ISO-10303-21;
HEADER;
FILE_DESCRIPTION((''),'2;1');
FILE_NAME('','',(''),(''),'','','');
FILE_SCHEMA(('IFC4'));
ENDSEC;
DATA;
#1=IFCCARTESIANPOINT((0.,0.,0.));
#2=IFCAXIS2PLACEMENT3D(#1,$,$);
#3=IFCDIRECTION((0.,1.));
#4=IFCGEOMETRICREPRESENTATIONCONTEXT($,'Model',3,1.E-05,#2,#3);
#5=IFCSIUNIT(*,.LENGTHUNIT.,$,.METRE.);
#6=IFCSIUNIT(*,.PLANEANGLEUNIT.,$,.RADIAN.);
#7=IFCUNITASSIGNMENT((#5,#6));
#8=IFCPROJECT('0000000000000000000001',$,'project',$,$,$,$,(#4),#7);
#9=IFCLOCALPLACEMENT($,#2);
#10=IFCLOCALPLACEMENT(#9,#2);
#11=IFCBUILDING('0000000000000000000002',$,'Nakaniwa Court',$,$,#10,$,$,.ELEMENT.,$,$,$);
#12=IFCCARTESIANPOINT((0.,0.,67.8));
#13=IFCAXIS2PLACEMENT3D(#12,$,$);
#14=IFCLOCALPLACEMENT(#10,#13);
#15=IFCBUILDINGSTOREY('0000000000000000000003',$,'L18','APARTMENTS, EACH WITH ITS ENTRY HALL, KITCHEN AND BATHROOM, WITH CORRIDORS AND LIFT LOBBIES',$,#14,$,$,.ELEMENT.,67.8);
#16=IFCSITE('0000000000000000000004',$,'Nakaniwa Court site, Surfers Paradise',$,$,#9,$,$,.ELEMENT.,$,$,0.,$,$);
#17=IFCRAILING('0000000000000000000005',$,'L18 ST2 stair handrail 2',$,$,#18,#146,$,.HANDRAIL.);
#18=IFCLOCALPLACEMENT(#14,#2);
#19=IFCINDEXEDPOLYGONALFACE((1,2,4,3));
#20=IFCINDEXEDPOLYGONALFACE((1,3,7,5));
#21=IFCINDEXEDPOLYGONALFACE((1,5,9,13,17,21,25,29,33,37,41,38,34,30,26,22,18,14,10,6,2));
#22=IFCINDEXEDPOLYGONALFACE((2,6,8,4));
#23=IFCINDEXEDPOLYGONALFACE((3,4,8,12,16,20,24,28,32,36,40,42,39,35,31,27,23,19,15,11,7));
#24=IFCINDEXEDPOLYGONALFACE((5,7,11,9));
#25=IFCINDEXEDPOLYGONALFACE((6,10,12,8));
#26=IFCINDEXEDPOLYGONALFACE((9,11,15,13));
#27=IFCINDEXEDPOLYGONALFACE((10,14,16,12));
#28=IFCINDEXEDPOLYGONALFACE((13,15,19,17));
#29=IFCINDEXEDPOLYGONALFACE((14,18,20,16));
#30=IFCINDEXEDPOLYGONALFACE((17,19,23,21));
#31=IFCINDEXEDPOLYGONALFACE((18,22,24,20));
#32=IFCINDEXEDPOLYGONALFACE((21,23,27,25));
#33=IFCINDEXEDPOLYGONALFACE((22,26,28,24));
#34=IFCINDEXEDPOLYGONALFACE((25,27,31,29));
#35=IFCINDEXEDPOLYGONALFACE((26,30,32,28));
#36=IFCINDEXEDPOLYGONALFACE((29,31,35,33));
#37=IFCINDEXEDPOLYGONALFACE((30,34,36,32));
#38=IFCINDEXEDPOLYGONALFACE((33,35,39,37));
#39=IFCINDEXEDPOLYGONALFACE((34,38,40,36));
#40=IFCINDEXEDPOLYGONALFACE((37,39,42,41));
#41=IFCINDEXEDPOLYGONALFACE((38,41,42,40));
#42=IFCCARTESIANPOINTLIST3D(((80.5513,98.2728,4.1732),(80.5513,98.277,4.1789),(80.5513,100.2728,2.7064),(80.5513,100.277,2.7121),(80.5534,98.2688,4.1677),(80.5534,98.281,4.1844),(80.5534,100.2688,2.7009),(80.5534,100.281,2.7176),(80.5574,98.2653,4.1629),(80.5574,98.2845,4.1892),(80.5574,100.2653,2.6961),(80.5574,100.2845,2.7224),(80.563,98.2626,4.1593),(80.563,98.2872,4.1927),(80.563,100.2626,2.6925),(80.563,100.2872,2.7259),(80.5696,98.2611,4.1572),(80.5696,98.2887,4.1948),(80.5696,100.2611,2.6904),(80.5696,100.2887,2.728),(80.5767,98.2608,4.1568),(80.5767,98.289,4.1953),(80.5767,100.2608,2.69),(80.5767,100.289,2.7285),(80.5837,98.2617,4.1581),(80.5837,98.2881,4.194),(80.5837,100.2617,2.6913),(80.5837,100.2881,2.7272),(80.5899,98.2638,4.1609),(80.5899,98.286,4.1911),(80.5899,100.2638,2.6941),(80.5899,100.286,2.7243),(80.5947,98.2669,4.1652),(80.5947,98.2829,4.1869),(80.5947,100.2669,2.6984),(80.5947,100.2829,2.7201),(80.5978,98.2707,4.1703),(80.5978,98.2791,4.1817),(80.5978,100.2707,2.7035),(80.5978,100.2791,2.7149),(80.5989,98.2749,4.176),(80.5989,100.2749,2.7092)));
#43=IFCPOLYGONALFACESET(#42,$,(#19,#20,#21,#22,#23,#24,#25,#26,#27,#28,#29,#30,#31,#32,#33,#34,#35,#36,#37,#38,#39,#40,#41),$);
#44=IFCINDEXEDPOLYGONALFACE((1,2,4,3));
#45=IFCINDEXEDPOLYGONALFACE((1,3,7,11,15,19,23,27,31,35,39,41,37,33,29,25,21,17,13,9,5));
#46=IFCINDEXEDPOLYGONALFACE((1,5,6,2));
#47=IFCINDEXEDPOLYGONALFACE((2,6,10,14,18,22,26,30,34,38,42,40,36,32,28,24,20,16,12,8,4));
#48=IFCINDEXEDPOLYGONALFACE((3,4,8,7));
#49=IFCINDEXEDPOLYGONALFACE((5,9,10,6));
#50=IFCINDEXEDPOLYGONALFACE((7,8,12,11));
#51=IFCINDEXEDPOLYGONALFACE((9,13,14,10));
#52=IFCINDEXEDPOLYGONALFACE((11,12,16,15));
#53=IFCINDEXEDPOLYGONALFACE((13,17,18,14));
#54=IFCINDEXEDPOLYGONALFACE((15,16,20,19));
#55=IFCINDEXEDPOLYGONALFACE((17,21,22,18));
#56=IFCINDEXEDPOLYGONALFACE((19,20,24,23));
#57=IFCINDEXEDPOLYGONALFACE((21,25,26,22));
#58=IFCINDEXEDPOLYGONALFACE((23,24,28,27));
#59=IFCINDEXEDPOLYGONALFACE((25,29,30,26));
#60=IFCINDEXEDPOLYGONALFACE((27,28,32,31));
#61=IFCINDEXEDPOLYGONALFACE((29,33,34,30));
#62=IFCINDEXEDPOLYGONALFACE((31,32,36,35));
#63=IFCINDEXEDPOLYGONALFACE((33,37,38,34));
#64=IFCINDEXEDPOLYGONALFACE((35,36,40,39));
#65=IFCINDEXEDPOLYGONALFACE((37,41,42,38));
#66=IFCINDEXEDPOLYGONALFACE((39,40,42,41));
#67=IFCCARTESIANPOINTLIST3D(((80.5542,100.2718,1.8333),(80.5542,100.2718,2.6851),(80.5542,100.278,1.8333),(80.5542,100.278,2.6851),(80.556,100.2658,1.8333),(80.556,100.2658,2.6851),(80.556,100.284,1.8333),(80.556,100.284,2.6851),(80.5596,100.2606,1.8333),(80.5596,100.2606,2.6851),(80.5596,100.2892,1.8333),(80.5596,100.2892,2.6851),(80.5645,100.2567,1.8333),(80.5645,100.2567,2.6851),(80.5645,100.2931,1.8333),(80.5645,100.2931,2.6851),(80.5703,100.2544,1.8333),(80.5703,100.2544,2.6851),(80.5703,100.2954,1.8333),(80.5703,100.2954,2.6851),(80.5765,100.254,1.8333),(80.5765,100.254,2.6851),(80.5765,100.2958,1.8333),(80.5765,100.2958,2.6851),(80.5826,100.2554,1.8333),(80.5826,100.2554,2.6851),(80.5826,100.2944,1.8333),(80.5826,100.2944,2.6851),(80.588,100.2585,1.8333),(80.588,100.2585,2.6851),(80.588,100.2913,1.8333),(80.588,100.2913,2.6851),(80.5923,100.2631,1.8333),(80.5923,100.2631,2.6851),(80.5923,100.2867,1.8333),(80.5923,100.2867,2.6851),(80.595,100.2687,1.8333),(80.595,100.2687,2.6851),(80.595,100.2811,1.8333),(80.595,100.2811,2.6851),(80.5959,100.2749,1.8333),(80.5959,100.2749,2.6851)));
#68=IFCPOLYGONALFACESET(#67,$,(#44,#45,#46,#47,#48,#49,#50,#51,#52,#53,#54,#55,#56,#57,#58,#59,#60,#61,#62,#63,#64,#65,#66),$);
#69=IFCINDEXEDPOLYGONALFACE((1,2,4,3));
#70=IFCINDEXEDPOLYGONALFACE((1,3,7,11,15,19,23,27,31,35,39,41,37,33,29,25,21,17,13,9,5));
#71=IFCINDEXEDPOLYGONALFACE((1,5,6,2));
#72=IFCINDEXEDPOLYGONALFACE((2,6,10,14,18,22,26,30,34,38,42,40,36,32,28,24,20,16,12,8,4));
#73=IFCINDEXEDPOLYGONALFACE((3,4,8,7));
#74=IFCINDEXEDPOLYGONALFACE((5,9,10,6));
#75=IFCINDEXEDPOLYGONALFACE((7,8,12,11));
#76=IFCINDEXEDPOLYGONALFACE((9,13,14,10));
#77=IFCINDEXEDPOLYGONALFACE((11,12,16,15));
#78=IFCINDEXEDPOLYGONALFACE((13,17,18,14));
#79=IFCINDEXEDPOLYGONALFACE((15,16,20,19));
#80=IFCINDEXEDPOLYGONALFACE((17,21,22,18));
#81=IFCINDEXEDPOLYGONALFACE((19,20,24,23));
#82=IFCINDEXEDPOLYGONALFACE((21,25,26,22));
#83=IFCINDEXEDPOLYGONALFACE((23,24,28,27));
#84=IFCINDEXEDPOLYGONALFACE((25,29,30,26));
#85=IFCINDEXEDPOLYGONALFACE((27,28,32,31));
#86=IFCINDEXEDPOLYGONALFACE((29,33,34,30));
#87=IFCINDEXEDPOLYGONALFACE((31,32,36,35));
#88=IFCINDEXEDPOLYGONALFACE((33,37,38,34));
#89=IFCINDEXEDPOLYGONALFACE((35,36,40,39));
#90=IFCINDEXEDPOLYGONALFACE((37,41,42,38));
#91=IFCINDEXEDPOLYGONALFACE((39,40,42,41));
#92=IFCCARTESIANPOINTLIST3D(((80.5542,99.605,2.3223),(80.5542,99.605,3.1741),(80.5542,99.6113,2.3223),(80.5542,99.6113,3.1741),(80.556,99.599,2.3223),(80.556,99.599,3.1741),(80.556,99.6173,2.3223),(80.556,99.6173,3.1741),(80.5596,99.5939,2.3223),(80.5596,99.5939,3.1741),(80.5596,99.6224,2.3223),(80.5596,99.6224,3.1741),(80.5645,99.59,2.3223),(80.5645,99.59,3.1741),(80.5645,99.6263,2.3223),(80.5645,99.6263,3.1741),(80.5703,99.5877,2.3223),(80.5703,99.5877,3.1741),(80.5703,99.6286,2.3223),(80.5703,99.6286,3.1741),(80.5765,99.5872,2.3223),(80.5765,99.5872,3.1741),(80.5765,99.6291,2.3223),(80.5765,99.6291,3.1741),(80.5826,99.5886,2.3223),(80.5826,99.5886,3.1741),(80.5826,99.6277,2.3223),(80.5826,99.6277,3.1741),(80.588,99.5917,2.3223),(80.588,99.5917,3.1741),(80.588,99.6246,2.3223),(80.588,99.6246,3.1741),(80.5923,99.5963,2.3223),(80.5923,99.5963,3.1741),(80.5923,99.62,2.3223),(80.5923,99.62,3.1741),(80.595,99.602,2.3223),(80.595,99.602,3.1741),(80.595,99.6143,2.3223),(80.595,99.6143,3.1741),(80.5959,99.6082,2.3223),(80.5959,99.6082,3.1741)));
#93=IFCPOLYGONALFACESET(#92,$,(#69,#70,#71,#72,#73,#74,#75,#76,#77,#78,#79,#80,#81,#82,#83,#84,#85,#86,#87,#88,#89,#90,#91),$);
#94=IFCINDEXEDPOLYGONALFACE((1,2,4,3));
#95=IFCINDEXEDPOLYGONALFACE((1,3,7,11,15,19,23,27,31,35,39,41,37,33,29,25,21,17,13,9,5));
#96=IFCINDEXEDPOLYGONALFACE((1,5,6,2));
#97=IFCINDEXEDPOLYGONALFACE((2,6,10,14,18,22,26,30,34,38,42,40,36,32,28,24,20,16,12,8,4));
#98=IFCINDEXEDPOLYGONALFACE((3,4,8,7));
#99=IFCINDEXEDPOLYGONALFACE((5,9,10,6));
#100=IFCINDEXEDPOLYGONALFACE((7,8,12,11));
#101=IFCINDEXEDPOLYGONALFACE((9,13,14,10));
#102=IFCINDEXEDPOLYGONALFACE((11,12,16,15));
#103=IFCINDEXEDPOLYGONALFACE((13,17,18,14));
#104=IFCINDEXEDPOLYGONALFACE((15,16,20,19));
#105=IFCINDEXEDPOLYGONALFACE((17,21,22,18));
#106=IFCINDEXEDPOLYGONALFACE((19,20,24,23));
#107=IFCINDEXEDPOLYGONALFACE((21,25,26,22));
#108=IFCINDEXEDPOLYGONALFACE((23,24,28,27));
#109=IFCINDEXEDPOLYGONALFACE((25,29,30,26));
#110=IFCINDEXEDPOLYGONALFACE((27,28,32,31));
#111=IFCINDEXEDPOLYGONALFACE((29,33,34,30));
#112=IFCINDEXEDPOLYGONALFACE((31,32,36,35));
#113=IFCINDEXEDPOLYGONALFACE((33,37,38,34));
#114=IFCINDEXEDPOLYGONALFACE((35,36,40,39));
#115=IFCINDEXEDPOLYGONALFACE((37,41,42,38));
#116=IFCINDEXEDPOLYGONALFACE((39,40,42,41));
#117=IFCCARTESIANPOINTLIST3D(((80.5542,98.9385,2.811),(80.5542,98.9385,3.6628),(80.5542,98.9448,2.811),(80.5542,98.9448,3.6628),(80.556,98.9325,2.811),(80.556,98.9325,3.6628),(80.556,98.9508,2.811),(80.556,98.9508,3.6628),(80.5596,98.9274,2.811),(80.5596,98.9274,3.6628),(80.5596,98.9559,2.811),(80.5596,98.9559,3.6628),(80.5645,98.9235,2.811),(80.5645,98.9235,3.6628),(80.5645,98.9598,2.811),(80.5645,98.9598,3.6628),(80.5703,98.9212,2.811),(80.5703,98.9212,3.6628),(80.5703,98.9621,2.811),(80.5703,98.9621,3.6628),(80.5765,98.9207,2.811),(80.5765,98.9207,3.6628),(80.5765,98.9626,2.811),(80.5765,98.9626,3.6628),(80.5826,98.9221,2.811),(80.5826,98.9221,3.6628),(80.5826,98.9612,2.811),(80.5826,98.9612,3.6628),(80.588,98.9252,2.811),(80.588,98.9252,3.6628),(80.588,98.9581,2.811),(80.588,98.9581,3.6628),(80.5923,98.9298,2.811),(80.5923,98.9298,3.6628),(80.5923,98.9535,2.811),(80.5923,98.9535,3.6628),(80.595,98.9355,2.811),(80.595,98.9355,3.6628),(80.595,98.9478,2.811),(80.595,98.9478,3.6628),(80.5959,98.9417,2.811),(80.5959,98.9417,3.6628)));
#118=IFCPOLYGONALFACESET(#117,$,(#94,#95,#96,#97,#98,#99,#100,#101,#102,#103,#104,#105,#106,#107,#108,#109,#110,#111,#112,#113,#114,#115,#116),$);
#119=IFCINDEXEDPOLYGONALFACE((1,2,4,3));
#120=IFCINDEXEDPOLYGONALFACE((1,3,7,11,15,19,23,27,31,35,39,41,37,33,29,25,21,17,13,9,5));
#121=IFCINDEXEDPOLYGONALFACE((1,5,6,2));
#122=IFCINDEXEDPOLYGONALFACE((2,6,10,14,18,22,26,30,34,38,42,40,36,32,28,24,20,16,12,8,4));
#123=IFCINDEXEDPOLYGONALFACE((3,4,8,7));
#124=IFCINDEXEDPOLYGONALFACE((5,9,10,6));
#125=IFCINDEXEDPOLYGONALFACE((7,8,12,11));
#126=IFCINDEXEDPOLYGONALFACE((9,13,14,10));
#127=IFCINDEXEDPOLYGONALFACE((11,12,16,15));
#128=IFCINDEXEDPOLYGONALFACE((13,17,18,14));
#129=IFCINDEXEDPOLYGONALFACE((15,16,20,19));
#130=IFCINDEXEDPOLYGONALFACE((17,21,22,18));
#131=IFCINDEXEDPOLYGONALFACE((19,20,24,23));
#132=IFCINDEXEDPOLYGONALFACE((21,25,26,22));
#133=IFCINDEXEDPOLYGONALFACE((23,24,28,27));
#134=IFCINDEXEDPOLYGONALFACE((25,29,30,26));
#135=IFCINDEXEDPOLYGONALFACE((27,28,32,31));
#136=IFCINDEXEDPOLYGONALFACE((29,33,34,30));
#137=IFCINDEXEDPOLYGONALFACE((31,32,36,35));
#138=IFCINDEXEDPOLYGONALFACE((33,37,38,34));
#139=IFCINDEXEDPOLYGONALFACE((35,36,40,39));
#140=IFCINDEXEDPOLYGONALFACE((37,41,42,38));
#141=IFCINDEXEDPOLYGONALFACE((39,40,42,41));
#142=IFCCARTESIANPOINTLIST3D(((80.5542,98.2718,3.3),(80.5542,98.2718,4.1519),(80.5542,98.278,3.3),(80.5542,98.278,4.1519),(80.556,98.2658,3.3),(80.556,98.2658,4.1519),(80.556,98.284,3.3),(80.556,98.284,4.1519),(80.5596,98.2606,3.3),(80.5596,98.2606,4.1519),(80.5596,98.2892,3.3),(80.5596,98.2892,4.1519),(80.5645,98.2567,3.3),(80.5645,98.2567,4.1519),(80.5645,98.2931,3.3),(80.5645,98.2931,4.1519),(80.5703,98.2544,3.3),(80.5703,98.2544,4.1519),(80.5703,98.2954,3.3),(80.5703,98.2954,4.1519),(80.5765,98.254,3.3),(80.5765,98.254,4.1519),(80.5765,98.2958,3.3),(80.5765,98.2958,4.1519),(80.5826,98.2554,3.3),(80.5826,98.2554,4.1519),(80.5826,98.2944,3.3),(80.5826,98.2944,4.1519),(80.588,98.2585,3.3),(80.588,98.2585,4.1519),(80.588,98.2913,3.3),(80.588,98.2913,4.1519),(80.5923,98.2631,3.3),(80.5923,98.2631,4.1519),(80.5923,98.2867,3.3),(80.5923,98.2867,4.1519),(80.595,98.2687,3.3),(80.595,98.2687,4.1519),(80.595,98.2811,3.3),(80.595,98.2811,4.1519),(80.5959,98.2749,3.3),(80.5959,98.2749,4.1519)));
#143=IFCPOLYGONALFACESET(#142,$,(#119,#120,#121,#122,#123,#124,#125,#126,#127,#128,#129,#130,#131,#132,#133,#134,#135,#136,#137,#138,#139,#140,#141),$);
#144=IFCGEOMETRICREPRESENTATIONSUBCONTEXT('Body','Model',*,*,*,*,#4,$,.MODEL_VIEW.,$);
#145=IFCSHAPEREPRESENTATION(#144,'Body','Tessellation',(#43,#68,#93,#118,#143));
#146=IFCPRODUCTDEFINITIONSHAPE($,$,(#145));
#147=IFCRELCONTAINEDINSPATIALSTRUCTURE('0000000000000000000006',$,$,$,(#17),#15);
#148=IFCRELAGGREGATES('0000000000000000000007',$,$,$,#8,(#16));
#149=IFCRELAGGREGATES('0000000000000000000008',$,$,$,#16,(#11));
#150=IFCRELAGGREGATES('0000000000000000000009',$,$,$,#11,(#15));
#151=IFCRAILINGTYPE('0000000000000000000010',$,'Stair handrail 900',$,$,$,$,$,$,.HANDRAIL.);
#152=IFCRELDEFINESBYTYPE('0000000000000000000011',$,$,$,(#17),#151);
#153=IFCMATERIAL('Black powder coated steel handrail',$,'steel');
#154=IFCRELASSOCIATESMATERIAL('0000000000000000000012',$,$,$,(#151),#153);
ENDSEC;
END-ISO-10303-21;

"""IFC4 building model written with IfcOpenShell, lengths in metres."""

from ifc_helpers import new_model, si_unit, direction, frame, origin, origin_2d, place, context, subcontext, project, spatial, circle, extrude, material, type_object, element, save


model = new_model("IFC4")

# Units and contexts
model_context = context("Model", 3, precision=1e-05, world=origin(), true_north=direction((0.0, 1.0)))
body_context = subcontext(model_context, "Body", "Model", "MODEL_VIEW")
ifc_project = project(units=[si_unit("LENGTHUNIT", "METRE"), si_unit("PLANEANGLEUNIT", "RADIAN")], contexts=[model_context])

# Site, building, storey
site_placement = place(None, origin())
site = spatial("IfcSite", under=ifc_project, at=site_placement, Name="Nakaniwa Court site, Surfers Paradise", CompositionType="ELEMENT", RefElevation=0.0)
building_placement = place(site_placement, origin())
building = spatial("IfcBuilding", under=site, at=building_placement, Name="Nakaniwa Court", CompositionType="ELEMENT")
storey_placement = place(building_placement, frame((0.0, 0.0, 67.8)))
storey = spatial("IfcBuildingStorey", under=building, at=storey_placement, Name="L18", Description="APARTMENTS, EACH WITH ITS ENTRY HALL, KITCHEN AND BATHROOM, WITH CORRIDORS AND LIFT LOBBIES", CompositionType="ELEMENT", Elevation=67.8)

# Railing
ifc_material_1 = material(Name="Black powder coated steel handrail", Category="steel")
railing_type_1 = type_object("IfcRailingType", Name="Stair handrail 900", PredefinedType="HANDRAIL", material=ifc_material_1)
railing_1_placement = place(storey_placement, frame((80.575, 100.2749, 1.8333)))
element("IfcRailing", 1, at=railing_1_placement, inside=storey, type_object=railing_type_1, Name="L18 ST2 stair handrail 2", PredefinedType="HANDRAIL", context=body_context, shape_type="SweptSolid", body=[
    extrude(circle(Radius=0.0239, at=origin_2d()), frame((0.0, 0.0, 0.876), z_axis=(0.0, -0.80638, 0.591398), x_axis=(1.0, 0.0, 0.0)), (0.0, 0.0, 1.0), 2.4802),
    extrude(circle(Radius=0.021, at=origin_2d()), origin(), (0.0, 0.0, 1.0), 0.8518),
    extrude(circle(Radius=0.021, at=origin_2d()), frame((0.0, -0.6667, 0.489)), (0.0, 0.0, 1.0), 0.8518),
    extrude(circle(Radius=0.021, at=origin_2d()), frame((0.0, -1.3333, 0.9778)), (0.0, 0.0, 1.0), 0.8518),
    extrude(circle(Radius=0.021, at=origin_2d()), frame((0.0, -2.0, 1.4668)), (0.0, 0.0, 1.0), 0.8518),
])

save(model, "model.ifc")
